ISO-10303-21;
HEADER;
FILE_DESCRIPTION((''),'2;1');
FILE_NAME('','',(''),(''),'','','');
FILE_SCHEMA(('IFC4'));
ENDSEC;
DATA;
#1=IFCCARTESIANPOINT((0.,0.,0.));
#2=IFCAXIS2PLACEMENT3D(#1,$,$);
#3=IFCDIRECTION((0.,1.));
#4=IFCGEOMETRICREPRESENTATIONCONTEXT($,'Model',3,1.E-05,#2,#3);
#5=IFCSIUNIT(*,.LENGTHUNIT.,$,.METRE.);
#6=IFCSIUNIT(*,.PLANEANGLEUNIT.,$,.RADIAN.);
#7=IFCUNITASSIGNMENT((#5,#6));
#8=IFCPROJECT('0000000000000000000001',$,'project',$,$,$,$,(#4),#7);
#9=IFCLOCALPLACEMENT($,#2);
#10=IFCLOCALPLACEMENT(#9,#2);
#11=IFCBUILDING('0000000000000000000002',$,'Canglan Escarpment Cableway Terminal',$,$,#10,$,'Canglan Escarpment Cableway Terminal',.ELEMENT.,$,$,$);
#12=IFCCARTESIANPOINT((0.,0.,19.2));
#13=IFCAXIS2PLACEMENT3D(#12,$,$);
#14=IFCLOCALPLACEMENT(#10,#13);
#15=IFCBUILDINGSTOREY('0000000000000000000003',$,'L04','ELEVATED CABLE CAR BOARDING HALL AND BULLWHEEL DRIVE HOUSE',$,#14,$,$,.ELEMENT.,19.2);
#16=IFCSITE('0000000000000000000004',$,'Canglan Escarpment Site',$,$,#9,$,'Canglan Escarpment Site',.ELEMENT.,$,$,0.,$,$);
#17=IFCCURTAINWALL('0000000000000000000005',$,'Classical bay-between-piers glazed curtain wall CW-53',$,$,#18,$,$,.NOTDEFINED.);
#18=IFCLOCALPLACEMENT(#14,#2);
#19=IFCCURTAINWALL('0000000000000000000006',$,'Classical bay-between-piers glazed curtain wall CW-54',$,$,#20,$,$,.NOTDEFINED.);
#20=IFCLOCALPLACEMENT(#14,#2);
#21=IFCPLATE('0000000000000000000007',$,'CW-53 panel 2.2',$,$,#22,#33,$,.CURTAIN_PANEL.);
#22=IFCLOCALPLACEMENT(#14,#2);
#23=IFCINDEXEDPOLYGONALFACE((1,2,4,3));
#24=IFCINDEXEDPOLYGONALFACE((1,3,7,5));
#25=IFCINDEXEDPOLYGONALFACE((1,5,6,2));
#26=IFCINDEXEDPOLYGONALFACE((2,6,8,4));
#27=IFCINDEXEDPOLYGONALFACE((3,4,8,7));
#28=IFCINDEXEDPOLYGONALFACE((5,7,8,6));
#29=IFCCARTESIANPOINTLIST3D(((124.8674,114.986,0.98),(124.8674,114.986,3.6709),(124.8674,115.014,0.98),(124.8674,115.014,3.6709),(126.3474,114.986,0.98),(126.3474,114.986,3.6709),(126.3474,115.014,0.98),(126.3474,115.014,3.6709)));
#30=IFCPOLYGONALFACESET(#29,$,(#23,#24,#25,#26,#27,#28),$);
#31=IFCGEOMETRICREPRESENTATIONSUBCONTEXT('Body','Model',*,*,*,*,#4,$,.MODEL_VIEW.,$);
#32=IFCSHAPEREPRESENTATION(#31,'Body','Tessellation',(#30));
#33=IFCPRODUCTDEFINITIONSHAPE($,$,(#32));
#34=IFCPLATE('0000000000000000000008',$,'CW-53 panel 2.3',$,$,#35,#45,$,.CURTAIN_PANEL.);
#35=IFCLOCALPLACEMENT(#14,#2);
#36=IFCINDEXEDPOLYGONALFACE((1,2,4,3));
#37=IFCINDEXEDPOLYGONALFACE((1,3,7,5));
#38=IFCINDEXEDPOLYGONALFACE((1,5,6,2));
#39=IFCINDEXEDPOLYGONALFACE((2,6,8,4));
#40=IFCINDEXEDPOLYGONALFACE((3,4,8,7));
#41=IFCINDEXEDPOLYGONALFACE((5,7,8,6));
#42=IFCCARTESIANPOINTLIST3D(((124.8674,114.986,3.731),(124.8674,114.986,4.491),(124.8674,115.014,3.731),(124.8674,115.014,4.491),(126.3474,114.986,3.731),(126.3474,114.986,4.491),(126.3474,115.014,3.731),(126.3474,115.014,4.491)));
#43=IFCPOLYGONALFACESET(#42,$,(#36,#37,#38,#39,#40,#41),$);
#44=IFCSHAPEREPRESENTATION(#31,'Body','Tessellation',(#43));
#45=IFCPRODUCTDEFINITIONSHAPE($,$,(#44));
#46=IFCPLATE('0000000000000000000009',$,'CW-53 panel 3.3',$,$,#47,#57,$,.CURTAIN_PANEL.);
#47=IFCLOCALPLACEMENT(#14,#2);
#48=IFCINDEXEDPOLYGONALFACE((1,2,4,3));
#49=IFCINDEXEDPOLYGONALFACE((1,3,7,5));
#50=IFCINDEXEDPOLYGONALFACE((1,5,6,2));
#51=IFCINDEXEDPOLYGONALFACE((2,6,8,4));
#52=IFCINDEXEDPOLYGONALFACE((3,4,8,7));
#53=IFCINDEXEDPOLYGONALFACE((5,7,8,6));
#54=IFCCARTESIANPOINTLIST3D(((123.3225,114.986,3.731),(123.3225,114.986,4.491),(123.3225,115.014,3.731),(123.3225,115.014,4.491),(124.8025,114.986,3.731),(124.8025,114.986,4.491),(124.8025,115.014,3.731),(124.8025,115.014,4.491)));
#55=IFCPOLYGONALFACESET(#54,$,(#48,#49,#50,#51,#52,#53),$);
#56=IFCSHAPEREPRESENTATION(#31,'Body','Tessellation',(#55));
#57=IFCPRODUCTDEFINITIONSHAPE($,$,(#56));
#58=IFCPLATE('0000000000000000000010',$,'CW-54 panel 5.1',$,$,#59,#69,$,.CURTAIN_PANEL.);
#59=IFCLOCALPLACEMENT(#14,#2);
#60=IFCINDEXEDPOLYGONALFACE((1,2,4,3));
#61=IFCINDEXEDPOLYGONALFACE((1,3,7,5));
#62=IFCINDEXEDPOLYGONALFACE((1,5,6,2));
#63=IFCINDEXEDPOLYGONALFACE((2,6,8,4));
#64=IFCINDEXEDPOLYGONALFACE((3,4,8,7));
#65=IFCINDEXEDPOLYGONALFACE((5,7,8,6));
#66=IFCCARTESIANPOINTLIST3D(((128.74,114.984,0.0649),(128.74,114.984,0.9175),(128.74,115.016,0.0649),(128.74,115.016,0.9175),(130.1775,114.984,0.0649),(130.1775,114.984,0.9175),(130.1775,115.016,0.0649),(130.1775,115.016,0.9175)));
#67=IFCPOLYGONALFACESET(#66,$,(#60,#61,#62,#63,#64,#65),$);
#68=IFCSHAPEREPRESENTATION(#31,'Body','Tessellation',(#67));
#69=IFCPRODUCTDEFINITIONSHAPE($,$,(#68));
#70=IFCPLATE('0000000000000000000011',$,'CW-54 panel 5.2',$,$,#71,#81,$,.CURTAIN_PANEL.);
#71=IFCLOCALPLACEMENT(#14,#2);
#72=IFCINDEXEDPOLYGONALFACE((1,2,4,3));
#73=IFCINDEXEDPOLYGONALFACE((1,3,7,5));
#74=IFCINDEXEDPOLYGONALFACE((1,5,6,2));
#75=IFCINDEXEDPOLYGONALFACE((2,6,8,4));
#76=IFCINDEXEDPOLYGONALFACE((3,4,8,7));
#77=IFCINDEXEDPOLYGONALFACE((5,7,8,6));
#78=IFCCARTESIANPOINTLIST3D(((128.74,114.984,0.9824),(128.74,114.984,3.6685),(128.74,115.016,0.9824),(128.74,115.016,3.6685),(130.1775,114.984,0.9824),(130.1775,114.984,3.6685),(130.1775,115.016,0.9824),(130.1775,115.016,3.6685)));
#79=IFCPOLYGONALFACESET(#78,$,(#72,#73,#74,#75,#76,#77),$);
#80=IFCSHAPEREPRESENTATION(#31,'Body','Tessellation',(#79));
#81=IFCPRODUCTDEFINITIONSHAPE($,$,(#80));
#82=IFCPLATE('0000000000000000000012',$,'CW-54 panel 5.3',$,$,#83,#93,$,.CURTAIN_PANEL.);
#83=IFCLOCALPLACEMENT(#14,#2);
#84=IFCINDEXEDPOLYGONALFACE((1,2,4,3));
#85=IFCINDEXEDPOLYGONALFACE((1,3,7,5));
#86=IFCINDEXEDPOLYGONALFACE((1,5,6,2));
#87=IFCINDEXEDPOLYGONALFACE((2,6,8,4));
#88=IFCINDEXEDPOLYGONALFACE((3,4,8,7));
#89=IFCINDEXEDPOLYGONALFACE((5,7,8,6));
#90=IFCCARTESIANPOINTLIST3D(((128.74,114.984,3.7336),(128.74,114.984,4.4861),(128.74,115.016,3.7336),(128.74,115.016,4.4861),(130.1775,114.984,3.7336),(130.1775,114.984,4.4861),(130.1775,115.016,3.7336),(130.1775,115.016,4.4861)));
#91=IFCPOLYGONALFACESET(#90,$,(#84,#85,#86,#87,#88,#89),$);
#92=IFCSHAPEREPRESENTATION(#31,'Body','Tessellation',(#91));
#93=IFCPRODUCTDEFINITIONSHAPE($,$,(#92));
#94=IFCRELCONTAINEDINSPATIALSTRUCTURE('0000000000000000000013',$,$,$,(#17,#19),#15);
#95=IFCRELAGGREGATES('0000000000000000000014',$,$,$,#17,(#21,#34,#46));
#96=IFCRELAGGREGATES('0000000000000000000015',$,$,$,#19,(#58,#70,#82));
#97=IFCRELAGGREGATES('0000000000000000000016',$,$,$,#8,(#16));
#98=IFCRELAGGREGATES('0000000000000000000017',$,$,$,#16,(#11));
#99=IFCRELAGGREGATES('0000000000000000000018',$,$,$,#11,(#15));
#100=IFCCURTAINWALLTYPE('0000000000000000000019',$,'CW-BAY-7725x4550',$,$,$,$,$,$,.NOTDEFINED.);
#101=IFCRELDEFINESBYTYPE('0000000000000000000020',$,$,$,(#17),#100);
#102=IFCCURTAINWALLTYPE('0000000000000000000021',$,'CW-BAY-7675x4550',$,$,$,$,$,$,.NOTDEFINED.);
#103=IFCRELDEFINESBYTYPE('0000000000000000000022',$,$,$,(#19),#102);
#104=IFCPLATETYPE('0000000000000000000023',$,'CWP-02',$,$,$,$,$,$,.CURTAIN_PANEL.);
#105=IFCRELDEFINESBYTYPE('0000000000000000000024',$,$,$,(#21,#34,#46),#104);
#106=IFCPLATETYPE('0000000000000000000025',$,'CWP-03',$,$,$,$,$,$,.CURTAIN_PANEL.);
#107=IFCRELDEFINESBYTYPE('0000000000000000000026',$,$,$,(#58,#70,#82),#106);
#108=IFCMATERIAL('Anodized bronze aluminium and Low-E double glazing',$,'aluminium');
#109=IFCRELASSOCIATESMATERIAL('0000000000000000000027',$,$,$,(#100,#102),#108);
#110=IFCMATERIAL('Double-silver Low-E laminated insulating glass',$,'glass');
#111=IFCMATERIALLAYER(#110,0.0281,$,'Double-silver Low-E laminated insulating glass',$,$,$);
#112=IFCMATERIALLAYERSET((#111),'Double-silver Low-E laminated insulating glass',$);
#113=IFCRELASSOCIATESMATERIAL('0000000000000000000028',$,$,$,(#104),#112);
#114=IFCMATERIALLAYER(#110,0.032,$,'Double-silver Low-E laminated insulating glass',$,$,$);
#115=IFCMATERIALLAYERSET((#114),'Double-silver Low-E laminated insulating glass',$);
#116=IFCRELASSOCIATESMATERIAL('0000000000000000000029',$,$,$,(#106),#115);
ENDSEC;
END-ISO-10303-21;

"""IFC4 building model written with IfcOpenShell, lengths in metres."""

from ifc_helpers import new_model, si_unit, direction, frame, origin, origin_2d, place, context, subcontext, project, spatial, rectangle, extrude, material, layer, layer_set, type_object, element, aggregate, save


model = new_model("IFC4")

# Units and contexts
model_context = context("Model", 3, precision=1e-05, world=origin(), true_north=direction((0.0, 1.0)))
body_context = subcontext(model_context, "Body", "Model", "MODEL_VIEW")
ifc_project = project(units=[si_unit("LENGTHUNIT", "METRE"), si_unit("PLANEANGLEUNIT", "RADIAN")], contexts=[model_context])

# Site, building, storey
site_placement = place(None, origin())
site = spatial("IfcSite", under=ifc_project, at=site_placement, Name="Canglan Escarpment Site", LongName="Canglan Escarpment Site", CompositionType="ELEMENT", RefElevation=0.0)
building_placement = place(site_placement, origin())
building = spatial("IfcBuilding", under=site, at=building_placement, Name="Canglan Escarpment Cableway Terminal", LongName="Canglan Escarpment Cableway Terminal", CompositionType="ELEMENT")
storey_placement = place(building_placement, frame((0.0, 0.0, 19.2)))
storey = spatial("IfcBuildingStorey", under=building, at=storey_placement, Name="L04", Description="ELEVATED CABLE CAR BOARDING HALL AND BULLWHEEL DRIVE HOUSE", CompositionType="ELEMENT", Elevation=19.2)

# Curtain walls
ifc_material_1 = material(Name="Anodized bronze aluminium and Low-E double glazing", Category="aluminium")
curtain_wall_type_1 = type_object("IfcCurtainWallType", Name="CW-BAY-7725x4550", PredefinedType="NOTDEFINED", material=ifc_material_1)
curtain_wall_1_placement = place(storey_placement, origin())
curtain_wall_1 = element("IfcCurtainWall", 1, at=curtain_wall_1_placement, inside=storey, type_object=curtain_wall_type_1, Name="Classical bay-between-piers glazed curtain wall CW-53", PredefinedType="NOTDEFINED")
curtain_wall_type_2 = type_object("IfcCurtainWallType", Name="CW-BAY-7675x4550", PredefinedType="NOTDEFINED", material=ifc_material_1)
curtain_wall_2_placement = place(storey_placement, origin())
curtain_wall_2 = element("IfcCurtainWall", 2, at=curtain_wall_2_placement, inside=storey, type_object=curtain_wall_type_2, Name="Classical bay-between-piers glazed curtain wall CW-54", PredefinedType="NOTDEFINED")

# Plates
ifc_material_2 = material(Name="Double-silver Low-E laminated insulating glass", Category="glass")
ifc_layer_1 = layer(ifc_material_2, 0.0281, Name="Double-silver Low-E laminated insulating glass")
ifc_layer_set_1 = layer_set([ifc_layer_1], Name="Double-silver Low-E laminated insulating glass")
plate_type_1 = type_object("IfcPlateType", Name="CWP-02", PredefinedType="CURTAIN_PANEL", material=ifc_layer_set_1)
plate_1_placement = place(storey_placement, frame((125.6074, 115.0, 0.98), z_axis=(0.0, 0.0, 1.0), x_axis=(-1.0, 0.0, 0.0)))
plate_1 = element("IfcPlate", 3, at=plate_1_placement, type_object=plate_type_1, Name="CW-53 panel 2.2", PredefinedType="CURTAIN_PANEL", context=body_context, shape_type="SweptSolid", body=[
    extrude(rectangle(XDim=1.48, YDim=0.0281, at=origin_2d()), origin(), (0.0, 0.0, 1.0), 2.6909),
])
plate_2_placement = place(storey_placement, frame((125.6074, 115.0, 3.731), z_axis=(0.0, 0.0, 1.0), x_axis=(-1.0, 0.0, 0.0)))
plate_2 = element("IfcPlate", 4, at=plate_2_placement, type_object=plate_type_1, Name="CW-53 panel 2.3", PredefinedType="CURTAIN_PANEL", context=body_context, shape_type="SweptSolid", body=[
    extrude(rectangle(XDim=1.48, YDim=0.0281, at=origin_2d()), origin(), (0.0, 0.0, 1.0), 0.76),
])
plate_3_placement = place(storey_placement, frame((124.0625, 115.0, 3.731), z_axis=(0.0, 0.0, 1.0), x_axis=(-1.0, 0.0, 0.0)))
plate_3 = element("IfcPlate", 5, at=plate_3_placement, type_object=plate_type_1, Name="CW-53 panel 3.3", PredefinedType="CURTAIN_PANEL", context=body_context, shape_type="SweptSolid", body=[
    extrude(rectangle(XDim=1.48, YDim=0.0281, at=origin_2d()), origin(), (0.0, 0.0, 1.0), 0.76),
])
aggregate(curtain_wall_1, [plate_1, plate_2, plate_3])
ifc_layer_2 = layer(ifc_material_2, 0.032, Name="Double-silver Low-E laminated insulating glass")
ifc_layer_set_2 = layer_set([ifc_layer_2], Name="Double-silver Low-E laminated insulating glass")
plate_type_2 = type_object("IfcPlateType", Name="CWP-03", PredefinedType="CURTAIN_PANEL", material=ifc_layer_set_2)
plate_4_placement = place(storey_placement, frame((129.4587, 115.0, 0.0649), z_axis=(0.0, 0.0, 1.0), x_axis=(-1.0, 0.0, 0.0)))
plate_4 = element("IfcPlate", 6, at=plate_4_placement, type_object=plate_type_2, Name="CW-54 panel 5.1", PredefinedType="CURTAIN_PANEL", context=body_context, shape_type="SweptSolid", body=[
    extrude(rectangle(XDim=1.4375, YDim=0.032, at=origin_2d()), origin(), (0.0, 0.0, 1.0), 0.8525),
])
plate_5_placement = place(storey_placement, frame((129.4587, 115.0, 0.9824), z_axis=(0.0, 0.0, 1.0), x_axis=(-1.0, 0.0, 0.0)))
plate_5 = element("IfcPlate", 7, at=plate_5_placement, type_object=plate_type_2, Name="CW-54 panel 5.2", PredefinedType="CURTAIN_PANEL", context=body_context, shape_type="SweptSolid", body=[
    extrude(rectangle(XDim=1.4375, YDim=0.032, at=origin_2d()), origin(), (0.0, 0.0, 1.0), 2.686),
])
plate_6_placement = place(storey_placement, frame((129.4587, 115.0, 3.7336), z_axis=(0.0, 0.0, 1.0), x_axis=(-1.0, 0.0, 0.0)))
plate_6 = element("IfcPlate", 8, at=plate_6_placement, type_object=plate_type_2, Name="CW-54 panel 5.3", PredefinedType="CURTAIN_PANEL", context=body_context, shape_type="SweptSolid", body=[
    extrude(rectangle(XDim=1.4375, YDim=0.032, at=origin_2d()), origin(), (0.0, 0.0, 1.0), 0.7524),
])
aggregate(curtain_wall_2, [plate_4, plate_5, plate_6])

save(model, "model.ifc")
